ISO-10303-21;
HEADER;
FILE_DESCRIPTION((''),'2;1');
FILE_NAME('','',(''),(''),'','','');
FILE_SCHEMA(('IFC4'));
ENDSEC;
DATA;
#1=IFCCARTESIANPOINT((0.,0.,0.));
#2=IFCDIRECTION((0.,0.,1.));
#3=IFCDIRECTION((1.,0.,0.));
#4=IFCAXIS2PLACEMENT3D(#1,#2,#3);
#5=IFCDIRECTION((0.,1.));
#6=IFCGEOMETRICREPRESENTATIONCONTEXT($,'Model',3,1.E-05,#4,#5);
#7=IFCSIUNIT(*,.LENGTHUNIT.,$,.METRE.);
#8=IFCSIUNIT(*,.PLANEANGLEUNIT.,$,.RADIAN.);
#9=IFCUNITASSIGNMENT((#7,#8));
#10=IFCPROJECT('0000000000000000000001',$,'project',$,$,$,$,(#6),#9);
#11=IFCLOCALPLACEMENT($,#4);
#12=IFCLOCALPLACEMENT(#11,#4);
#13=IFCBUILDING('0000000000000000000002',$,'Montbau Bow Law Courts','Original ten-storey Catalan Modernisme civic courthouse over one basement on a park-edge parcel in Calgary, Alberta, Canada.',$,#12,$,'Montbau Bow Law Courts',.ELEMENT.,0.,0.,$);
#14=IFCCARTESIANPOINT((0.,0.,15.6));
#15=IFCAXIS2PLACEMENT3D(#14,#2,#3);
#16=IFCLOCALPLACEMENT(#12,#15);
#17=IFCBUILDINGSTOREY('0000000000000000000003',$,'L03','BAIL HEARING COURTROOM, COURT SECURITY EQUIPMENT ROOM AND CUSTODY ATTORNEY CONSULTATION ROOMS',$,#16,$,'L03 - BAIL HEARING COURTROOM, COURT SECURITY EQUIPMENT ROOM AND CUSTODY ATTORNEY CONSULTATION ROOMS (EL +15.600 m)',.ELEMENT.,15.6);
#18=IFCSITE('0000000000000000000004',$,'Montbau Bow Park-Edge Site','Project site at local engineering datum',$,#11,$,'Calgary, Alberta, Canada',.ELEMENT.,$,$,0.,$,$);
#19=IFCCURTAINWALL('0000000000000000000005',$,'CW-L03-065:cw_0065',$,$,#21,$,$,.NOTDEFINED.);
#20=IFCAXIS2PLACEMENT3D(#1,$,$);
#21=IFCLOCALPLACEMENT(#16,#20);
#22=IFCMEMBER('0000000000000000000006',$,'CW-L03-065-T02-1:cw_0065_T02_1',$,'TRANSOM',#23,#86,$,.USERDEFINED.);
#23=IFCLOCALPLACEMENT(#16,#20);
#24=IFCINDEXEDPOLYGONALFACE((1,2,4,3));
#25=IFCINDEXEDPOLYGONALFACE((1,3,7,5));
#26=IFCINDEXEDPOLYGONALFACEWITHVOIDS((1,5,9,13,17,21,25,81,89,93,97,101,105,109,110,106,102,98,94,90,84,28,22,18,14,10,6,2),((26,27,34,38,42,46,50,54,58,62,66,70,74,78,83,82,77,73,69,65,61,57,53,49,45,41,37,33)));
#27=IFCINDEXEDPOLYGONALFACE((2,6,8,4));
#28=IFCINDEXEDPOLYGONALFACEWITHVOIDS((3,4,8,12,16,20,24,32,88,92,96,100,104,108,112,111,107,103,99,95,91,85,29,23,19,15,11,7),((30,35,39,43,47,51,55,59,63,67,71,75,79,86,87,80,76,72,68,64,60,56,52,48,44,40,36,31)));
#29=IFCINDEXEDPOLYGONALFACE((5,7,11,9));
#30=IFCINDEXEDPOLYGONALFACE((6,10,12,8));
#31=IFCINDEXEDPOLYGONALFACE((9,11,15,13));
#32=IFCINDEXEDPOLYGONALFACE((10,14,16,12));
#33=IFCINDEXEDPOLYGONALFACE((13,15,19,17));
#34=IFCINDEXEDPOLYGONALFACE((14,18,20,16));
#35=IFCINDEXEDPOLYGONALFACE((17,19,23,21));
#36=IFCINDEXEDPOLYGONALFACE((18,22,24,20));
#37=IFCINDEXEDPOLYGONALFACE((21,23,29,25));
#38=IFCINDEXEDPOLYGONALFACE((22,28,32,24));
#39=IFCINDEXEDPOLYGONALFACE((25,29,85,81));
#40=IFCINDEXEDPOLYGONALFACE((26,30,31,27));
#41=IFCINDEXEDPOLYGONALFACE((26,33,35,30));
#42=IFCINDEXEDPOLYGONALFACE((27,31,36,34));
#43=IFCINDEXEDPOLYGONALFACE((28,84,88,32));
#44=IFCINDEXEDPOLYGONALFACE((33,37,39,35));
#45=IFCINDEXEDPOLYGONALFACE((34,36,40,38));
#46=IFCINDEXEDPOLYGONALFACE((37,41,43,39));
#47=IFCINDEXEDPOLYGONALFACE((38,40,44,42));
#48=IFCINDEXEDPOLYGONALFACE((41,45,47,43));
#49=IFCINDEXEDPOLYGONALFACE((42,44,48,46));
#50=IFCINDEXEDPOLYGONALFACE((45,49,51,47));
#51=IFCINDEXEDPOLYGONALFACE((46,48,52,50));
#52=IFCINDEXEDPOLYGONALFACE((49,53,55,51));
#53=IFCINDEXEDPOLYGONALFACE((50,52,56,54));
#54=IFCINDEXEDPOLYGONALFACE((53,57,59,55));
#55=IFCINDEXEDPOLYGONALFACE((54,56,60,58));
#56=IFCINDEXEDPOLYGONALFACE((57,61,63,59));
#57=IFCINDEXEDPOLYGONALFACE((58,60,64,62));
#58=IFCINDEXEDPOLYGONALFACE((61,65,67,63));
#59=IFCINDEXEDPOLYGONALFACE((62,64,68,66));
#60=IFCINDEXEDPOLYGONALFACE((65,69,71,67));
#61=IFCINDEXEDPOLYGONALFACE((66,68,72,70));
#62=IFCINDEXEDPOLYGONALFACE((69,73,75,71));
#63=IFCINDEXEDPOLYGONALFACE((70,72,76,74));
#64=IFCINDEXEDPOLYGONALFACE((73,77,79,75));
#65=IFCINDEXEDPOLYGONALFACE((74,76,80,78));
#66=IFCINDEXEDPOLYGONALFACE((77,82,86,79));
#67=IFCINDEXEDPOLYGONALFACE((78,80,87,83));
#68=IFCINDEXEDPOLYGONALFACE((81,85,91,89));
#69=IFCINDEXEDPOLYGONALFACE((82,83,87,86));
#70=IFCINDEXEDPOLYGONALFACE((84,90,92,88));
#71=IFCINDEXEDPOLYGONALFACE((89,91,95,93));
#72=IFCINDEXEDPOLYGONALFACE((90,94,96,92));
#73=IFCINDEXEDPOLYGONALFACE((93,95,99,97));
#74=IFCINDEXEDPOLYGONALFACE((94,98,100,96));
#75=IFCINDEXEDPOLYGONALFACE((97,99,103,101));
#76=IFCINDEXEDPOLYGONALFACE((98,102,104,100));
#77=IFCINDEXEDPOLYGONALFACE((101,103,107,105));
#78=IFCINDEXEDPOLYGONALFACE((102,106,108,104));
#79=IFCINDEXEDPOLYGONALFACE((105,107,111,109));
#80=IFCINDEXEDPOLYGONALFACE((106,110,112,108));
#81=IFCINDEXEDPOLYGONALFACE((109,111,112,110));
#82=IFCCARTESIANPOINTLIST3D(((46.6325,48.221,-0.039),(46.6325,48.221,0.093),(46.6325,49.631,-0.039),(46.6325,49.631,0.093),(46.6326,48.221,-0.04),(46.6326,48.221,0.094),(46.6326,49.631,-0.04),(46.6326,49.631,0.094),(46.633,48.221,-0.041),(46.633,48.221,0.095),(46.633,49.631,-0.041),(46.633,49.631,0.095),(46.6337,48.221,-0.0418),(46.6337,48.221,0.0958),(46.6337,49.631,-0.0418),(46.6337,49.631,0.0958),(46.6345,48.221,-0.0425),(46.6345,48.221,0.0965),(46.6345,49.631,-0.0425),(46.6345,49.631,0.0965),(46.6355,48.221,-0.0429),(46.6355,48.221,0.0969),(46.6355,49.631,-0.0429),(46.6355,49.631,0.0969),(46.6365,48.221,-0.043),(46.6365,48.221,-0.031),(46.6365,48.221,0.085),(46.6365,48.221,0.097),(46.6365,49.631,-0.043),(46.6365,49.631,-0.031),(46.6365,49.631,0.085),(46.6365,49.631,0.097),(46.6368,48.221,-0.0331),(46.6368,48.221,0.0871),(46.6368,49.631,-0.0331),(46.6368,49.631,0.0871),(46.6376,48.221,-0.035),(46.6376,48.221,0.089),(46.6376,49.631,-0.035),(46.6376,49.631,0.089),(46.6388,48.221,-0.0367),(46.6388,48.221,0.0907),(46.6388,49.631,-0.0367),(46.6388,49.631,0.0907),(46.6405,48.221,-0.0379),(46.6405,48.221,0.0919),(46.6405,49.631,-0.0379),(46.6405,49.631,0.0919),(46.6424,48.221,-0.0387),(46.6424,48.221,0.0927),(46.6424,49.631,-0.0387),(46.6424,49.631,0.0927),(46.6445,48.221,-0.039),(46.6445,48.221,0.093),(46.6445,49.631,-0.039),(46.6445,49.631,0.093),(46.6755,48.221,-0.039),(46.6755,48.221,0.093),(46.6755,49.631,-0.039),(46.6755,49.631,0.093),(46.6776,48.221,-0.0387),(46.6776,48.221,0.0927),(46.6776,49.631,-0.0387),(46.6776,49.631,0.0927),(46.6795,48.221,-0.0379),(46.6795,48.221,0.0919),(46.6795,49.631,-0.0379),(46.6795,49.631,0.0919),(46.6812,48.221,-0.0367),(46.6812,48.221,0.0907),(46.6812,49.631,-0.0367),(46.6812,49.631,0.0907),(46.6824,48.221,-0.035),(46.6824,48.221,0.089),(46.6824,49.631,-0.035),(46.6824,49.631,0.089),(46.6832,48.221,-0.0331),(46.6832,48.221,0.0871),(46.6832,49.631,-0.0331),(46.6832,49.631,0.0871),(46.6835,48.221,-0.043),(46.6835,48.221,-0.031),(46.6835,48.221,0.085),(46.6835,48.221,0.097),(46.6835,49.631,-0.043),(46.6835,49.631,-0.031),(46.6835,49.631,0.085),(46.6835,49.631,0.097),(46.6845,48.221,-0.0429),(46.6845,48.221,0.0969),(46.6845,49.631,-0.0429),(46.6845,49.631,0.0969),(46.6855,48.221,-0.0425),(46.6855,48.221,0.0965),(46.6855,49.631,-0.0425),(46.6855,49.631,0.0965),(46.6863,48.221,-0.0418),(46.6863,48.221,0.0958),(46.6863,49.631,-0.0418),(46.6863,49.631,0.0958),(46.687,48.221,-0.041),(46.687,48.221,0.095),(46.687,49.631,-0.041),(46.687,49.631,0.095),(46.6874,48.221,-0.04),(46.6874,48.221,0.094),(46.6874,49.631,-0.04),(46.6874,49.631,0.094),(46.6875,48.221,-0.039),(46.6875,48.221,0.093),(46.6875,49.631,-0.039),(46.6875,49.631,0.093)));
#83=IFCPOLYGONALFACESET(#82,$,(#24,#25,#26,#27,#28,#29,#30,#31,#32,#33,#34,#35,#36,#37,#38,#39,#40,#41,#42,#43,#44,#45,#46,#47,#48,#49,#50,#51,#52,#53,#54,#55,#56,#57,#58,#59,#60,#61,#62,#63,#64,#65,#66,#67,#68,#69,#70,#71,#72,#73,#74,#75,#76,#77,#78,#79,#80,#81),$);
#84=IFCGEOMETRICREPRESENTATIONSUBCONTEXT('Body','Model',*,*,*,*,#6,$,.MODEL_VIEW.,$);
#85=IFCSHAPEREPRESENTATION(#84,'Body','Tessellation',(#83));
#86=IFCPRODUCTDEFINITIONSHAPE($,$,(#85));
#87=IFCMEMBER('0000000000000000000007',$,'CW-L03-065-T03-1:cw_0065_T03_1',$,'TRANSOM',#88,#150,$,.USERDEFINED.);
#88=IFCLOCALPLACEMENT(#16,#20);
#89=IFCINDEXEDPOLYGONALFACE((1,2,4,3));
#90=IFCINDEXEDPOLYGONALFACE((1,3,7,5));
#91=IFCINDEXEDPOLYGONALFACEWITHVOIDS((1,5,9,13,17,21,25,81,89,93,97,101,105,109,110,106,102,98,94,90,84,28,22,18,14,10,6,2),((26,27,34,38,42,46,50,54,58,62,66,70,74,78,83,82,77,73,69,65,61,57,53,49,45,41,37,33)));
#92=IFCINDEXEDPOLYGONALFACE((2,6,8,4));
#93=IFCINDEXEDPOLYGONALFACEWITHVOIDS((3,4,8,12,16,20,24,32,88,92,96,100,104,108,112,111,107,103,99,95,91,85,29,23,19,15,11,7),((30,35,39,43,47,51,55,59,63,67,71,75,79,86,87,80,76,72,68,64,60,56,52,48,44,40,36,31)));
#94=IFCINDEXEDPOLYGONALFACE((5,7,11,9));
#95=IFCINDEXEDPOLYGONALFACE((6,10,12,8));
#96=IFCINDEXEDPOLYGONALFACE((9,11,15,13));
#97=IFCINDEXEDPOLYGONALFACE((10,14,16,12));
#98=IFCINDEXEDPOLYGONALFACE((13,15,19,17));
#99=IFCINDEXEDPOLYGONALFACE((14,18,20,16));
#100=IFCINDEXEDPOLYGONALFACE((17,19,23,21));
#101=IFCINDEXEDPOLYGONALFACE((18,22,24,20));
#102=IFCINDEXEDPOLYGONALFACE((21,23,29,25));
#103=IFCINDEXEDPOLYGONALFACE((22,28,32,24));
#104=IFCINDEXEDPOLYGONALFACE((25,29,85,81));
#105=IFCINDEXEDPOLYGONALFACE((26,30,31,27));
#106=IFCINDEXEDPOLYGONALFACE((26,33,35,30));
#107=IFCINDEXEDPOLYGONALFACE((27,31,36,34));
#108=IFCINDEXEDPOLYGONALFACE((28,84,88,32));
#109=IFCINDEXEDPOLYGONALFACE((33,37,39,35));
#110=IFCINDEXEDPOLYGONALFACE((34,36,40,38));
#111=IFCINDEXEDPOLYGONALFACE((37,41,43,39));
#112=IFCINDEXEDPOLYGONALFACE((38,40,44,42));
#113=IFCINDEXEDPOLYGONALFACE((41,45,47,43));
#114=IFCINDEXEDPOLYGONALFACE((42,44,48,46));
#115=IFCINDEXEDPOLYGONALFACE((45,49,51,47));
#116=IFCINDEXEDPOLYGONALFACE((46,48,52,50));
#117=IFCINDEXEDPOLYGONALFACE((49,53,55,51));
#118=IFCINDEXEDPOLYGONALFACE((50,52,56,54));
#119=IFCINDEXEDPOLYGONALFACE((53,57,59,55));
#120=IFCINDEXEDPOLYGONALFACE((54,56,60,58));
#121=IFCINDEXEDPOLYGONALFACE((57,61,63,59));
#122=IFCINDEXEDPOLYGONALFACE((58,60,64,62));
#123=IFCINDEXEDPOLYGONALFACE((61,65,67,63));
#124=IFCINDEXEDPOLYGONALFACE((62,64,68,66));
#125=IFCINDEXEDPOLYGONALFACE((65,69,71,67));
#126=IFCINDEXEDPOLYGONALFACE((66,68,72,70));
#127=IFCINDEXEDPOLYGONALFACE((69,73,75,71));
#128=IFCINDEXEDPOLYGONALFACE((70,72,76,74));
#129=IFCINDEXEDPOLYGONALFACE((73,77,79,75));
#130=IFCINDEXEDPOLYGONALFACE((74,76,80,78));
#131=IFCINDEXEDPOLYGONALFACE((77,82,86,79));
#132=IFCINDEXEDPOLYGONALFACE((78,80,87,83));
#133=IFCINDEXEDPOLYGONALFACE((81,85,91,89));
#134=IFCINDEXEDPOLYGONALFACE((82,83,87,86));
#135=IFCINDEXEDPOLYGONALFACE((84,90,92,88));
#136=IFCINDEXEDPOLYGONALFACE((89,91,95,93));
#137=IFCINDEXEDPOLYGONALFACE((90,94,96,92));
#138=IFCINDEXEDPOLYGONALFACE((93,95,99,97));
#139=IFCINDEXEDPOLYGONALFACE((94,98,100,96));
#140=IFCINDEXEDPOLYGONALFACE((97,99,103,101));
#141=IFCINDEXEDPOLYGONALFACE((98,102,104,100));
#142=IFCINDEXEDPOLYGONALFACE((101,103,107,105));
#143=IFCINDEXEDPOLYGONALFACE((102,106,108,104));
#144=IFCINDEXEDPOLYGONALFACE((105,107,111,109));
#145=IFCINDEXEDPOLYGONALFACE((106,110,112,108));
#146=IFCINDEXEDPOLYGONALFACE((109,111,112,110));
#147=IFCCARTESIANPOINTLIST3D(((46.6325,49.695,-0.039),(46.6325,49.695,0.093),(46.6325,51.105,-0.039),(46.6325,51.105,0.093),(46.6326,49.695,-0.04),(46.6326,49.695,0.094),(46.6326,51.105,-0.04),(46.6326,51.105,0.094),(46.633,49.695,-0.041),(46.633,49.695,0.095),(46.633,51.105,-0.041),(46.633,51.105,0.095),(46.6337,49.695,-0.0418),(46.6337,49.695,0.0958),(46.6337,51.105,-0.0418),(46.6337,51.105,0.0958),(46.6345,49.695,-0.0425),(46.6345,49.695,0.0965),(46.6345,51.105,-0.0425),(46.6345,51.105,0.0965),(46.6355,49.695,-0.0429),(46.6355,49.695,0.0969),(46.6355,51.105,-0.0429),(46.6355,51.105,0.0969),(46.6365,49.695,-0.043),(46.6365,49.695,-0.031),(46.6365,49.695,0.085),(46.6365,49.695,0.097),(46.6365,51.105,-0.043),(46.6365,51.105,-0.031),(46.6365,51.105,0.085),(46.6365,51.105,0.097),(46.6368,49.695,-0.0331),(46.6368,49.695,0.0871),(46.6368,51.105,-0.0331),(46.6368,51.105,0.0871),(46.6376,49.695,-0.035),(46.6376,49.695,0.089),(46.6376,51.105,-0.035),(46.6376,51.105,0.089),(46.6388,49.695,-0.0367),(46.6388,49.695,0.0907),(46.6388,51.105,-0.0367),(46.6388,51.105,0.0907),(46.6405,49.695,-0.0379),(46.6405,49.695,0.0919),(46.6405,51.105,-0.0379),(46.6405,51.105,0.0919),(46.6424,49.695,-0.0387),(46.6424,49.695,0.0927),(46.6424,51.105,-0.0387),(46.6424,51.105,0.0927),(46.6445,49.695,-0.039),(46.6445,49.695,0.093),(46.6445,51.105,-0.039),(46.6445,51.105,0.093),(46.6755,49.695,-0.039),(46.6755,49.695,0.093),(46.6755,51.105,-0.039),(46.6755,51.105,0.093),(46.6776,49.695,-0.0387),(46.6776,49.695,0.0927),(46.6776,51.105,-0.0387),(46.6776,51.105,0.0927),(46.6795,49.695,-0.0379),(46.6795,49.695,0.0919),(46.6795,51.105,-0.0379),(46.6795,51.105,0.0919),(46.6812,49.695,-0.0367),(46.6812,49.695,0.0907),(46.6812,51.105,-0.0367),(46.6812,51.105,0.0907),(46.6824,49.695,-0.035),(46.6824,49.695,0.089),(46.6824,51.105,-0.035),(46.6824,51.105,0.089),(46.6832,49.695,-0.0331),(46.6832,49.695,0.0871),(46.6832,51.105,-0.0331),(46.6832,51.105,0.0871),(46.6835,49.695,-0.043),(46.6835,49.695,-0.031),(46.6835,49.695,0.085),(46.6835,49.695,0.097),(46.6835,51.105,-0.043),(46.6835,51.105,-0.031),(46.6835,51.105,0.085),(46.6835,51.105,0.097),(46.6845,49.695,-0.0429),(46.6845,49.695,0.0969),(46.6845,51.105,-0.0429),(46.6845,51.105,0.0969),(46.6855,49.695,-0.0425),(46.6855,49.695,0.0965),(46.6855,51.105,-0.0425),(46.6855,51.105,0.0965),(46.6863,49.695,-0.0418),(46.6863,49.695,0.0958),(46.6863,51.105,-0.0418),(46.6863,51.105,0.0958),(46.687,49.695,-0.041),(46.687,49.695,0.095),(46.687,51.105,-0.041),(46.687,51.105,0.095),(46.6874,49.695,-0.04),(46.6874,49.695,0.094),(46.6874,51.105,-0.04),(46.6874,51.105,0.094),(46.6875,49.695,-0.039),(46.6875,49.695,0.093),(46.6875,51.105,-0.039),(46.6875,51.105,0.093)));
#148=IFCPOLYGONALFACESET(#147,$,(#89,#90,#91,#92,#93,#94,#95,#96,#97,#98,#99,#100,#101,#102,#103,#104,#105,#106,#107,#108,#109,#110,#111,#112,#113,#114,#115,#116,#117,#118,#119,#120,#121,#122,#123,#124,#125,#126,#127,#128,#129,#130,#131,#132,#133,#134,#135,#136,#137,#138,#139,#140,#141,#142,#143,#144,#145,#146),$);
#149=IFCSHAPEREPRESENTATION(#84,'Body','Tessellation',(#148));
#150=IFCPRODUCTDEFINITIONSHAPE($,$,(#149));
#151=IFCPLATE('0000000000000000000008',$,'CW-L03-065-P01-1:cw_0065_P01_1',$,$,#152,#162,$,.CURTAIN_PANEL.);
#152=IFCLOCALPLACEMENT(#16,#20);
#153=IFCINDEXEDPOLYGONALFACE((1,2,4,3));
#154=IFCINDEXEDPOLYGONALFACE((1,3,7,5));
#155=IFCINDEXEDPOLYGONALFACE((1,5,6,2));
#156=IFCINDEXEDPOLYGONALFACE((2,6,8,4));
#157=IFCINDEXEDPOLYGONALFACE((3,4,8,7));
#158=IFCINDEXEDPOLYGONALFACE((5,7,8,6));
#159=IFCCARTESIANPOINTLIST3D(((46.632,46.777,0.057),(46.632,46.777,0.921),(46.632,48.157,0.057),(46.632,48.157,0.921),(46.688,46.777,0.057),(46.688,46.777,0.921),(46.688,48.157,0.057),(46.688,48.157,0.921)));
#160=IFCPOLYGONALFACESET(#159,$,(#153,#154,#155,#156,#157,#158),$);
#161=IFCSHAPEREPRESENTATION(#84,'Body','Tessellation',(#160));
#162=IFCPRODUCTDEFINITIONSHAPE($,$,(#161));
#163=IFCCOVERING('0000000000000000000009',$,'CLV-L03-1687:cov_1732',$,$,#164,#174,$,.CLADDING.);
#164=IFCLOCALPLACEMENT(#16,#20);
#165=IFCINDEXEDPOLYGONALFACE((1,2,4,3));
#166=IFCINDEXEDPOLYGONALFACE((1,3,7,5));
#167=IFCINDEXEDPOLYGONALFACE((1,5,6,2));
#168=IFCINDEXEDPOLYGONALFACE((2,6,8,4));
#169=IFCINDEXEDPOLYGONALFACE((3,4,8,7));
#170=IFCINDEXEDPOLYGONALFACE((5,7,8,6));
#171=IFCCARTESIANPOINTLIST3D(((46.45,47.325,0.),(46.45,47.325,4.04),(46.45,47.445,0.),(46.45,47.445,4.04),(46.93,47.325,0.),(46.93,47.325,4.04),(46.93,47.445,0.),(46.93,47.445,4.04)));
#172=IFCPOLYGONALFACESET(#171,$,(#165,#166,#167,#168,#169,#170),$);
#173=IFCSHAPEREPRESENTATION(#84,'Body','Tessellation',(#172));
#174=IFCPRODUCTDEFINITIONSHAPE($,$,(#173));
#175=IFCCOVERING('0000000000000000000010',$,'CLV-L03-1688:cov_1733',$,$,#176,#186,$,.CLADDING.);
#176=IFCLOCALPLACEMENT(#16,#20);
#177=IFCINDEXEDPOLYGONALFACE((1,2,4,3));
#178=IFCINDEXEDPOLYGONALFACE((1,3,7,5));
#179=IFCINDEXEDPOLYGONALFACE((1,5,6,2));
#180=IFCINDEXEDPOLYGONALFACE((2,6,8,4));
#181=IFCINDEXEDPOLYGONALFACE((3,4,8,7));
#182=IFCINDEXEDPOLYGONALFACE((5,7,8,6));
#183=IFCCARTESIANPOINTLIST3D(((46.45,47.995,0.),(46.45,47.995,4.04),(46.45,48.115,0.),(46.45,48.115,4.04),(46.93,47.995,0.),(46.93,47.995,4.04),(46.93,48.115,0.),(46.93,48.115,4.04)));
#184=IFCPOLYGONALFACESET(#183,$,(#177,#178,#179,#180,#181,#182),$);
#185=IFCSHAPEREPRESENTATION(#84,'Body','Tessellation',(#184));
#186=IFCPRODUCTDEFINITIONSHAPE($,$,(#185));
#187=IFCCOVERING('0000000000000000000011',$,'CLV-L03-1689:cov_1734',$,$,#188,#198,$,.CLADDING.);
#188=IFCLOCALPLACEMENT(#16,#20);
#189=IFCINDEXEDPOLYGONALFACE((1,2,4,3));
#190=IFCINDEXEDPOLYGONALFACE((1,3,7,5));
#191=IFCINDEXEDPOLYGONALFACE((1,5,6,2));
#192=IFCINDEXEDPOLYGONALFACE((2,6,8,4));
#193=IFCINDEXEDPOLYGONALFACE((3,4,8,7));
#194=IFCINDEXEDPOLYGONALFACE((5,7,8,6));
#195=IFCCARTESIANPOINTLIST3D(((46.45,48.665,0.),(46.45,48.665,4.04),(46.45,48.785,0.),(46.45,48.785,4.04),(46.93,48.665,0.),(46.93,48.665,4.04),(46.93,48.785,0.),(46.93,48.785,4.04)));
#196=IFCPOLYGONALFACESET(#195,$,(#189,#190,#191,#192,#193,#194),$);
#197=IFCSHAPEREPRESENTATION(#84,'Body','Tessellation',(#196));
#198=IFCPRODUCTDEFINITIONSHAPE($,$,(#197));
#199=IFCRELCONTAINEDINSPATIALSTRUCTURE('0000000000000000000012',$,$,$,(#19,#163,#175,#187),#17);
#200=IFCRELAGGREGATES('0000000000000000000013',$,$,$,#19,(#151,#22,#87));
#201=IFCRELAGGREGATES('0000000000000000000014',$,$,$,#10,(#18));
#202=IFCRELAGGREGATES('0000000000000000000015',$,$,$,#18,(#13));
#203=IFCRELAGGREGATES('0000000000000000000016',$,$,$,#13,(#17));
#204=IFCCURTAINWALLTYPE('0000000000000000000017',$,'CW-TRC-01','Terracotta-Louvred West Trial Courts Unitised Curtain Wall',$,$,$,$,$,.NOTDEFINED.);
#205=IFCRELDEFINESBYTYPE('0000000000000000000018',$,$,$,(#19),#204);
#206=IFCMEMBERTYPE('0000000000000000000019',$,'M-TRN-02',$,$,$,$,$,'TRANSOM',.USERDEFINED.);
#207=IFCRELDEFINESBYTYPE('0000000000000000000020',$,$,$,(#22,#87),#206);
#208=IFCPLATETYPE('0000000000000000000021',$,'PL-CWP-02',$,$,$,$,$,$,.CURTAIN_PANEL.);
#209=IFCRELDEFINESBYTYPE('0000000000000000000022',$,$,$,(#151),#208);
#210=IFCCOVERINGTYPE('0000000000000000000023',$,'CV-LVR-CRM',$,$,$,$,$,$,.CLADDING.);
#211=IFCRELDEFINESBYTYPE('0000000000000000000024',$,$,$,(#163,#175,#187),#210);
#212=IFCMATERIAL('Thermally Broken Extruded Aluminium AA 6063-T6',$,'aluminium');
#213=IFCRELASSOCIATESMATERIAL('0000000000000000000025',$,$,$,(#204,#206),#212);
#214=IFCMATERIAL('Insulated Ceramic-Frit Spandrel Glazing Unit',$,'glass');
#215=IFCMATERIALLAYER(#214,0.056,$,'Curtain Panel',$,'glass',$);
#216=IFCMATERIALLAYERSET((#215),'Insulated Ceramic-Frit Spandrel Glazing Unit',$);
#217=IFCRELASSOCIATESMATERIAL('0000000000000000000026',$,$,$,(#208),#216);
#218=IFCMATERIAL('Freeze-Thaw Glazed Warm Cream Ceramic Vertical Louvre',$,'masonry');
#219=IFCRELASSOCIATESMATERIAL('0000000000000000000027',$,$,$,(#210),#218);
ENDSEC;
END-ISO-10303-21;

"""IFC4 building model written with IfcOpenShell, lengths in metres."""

from ifc_helpers import new_model, si_unit, direction, frame, frame_2d, origin_with_axes, origin_2d_with_axis, place, context, subcontext, project, spatial, rectangle, hollow_rectangle, extrude, material, layer, layer_set, material_profile, profile_set, type_object, element, aggregate, save


model = new_model("IFC4")

# Units and contexts
model_context = context("Model", 3, precision=1e-05, world=origin_with_axes(), true_north=direction((0.0, 1.0)))
body_context = subcontext(model_context, "Body", "Model", "MODEL_VIEW")
ifc_project = project(units=[si_unit("LENGTHUNIT", "METRE"), si_unit("PLANEANGLEUNIT", "RADIAN")], contexts=[model_context])

# Site, building, storey
site_placement = place(None, origin_with_axes())
site = spatial("IfcSite", under=ifc_project, at=site_placement, Name="Montbau Bow Park-Edge Site", Description="Project site at local engineering datum", LongName="Calgary, Alberta, Canada", CompositionType="ELEMENT", RefElevation=0.0)
building_placement = place(site_placement, origin_with_axes())
building = spatial("IfcBuilding", under=site, at=building_placement, Name="Montbau Bow Law Courts", Description="Original ten-storey Catalan Modernisme civic courthouse over one basement on a park-edge parcel in Calgary, Alberta, Canada.", LongName="Montbau Bow Law Courts", CompositionType="ELEMENT", ElevationOfRefHeight=0.0, ElevationOfTerrain=0.0)
storey_placement = place(building_placement, frame((0.0, 0.0, 15.6), z_axis=(0.0, 0.0, 1.0), x_axis=(1.0, 0.0, 0.0)))
storey = spatial("IfcBuildingStorey", under=building, at=storey_placement, Name="L03", Description="BAIL HEARING COURTROOM, COURT SECURITY EQUIPMENT ROOM AND CUSTODY ATTORNEY CONSULTATION ROOMS", LongName="L03 - BAIL HEARING COURTROOM, COURT SECURITY EQUIPMENT ROOM AND CUSTODY ATTORNEY CONSULTATION ROOMS (EL +15.600 m)", CompositionType="ELEMENT", Elevation=15.6)

# Curtain wall
ifc_material_1 = material(Name="Thermally Broken Extruded Aluminium AA 6063-T6", Category="aluminium")
curtain_wall_type_1 = type_object("IfcCurtainWallType", Name="CW-TRC-01", Description="Terracotta-Louvred West Trial Courts Unitised Curtain Wall", PredefinedType="NOTDEFINED", material=ifc_material_1)
curtain_wall_1_placement = place(None, frame((46.66, 46.715, 15.6), z_axis=(0.0, 0.0, 1.0), x_axis=(1.0, 0.0, 0.0)))
curtain_wall_1 = element("IfcCurtainWall", 1, at=curtain_wall_1_placement, inside=storey, type_object=curtain_wall_type_1, Name="CW-L03-065:cw_0065", PredefinedType="NOTDEFINED")

# Members
ifc_material_profile_1 = material_profile(ifc_material_1, hollow_rectangle(XDim=0.055, YDim=0.14, WallThickness=0.004, InnerFilletRadius=0.008, OuterFilletRadius=0.004, at=origin_2d_with_axis()), Name="CWT-140X55", Category="Main", Priority=0)
ifc_profile_set_1 = profile_set([ifc_material_profile_1], Name="Thermally Broken Extruded Aluminium AA 6063-T6")
member_type_1 = type_object("IfcMemberType", Name="M-TRN-02", ElementType="TRANSOM", PredefinedType="USERDEFINED", material=ifc_profile_set_1)
member_1_placement = place(None, frame((46.66, 48.221, 15.627), z_axis=(0.0, 1.0, 0.0), x_axis=(-1.0, 0.0, 0.0)))
member_1 = element("IfcMember", 2, at=member_1_placement, type_object=member_type_1, Name="CW-L03-065-T02-1:cw_0065_T02_1", ObjectType="TRANSOM", PredefinedType="USERDEFINED", context=body_context, shape_type="SweptSolid", body=[
    extrude(hollow_rectangle(XDim=0.055, YDim=0.14, WallThickness=0.004, InnerFilletRadius=0.008, OuterFilletRadius=0.004, at=origin_2d_with_axis()), origin_with_axes(), (0.0, 0.0, 1.0), 1.41),
])
member_2_placement = place(None, frame((46.66, 49.695, 15.627), z_axis=(0.0, 1.0, 0.0), x_axis=(-1.0, 0.0, 0.0)))
member_2 = element("IfcMember", 3, at=member_2_placement, type_object=member_type_1, Name="CW-L03-065-T03-1:cw_0065_T03_1", ObjectType="TRANSOM", PredefinedType="USERDEFINED", context=body_context, shape_type="SweptSolid", body=[
    extrude(hollow_rectangle(XDim=0.055, YDim=0.14, WallThickness=0.004, InnerFilletRadius=0.008, OuterFilletRadius=0.004, at=origin_2d_with_axis()), origin_with_axes(), (0.0, 0.0, 1.0), 1.41),
])

# Plate
ifc_material_2 = material(Name="Insulated Ceramic-Frit Spandrel Glazing Unit", Category="glass")
ifc_layer = layer(ifc_material_2, 0.056, Name="Curtain Panel", Category="glass")
ifc_layer_set = layer_set([ifc_layer], Name="Insulated Ceramic-Frit Spandrel Glazing Unit")
plate_type = type_object("IfcPlateType", Name="PL-CWP-02", PredefinedType="CURTAIN_PANEL", material=ifc_layer_set)
plate_placement = place(None, frame((46.66, 46.777, 15.657), z_axis=(1.0, 0.0, 0.0), x_axis=(0.0, 1.0, 0.0)))
plate = element("IfcPlate", 4, at=plate_placement, type_object=plate_type, Name="CW-L03-065-P01-1:cw_0065_P01_1", PredefinedType="CURTAIN_PANEL", context=body_context, shape_type="SweptSolid", body=[
    extrude(rectangle(XDim=1.38, YDim=0.864, at=frame_2d((0.69, 0.432), x_axis=(1.0, 0.0))), frame((0.0, 0.0, -0.028), z_axis=(0.0, 0.0, 1.0), x_axis=(1.0, 0.0, 0.0)), (0.0, 0.0, 1.0), 0.056),
])
aggregate(curtain_wall_1, [plate, member_1, member_2])

# Coverings
ifc_material_3 = material(Name="Freeze-Thaw Glazed Warm Cream Ceramic Vertical Louvre", Category="masonry")
covering_type_1 = type_object("IfcCoveringType", Name="CV-LVR-CRM", PredefinedType="CLADDING", material=ifc_material_3)
for number, where, z_axis, x_axis, name in (
    (5, (46.93, 47.385, 15.6), (0.0, 1.0, 0.0), (-1.0, 0.0, 0.0), "CLV-L03-1687:cov_1732"),
    (6, (46.93, 48.055, 15.6), (0.0, 1.0, 0.0), (-1.0, 0.0, 0.0), "CLV-L03-1688:cov_1733"),
    (7, (46.93, 48.725, 15.6), (0.0, 1.0, 0.0), (-1.0, 0.0, 0.0), "CLV-L03-1689:cov_1734"),
):
    element("IfcCovering", number, at=place(None, frame(where, z_axis=z_axis, x_axis=x_axis)), inside=storey, type_object=covering_type_1, Name=name, PredefinedType="CLADDING", context=body_context, shape_type="SweptSolid", body=[
        extrude(rectangle(XDim=0.48, YDim=4.04, at=frame_2d((0.24, 2.02), x_axis=(1.0, 0.0))), frame((0.0, 0.0, -0.06), z_axis=(0.0, 0.0, 1.0), x_axis=(1.0, 0.0, 0.0)), (0.0, 0.0, 1.0), 0.12),
    ])

save(model, "model.ifc")
